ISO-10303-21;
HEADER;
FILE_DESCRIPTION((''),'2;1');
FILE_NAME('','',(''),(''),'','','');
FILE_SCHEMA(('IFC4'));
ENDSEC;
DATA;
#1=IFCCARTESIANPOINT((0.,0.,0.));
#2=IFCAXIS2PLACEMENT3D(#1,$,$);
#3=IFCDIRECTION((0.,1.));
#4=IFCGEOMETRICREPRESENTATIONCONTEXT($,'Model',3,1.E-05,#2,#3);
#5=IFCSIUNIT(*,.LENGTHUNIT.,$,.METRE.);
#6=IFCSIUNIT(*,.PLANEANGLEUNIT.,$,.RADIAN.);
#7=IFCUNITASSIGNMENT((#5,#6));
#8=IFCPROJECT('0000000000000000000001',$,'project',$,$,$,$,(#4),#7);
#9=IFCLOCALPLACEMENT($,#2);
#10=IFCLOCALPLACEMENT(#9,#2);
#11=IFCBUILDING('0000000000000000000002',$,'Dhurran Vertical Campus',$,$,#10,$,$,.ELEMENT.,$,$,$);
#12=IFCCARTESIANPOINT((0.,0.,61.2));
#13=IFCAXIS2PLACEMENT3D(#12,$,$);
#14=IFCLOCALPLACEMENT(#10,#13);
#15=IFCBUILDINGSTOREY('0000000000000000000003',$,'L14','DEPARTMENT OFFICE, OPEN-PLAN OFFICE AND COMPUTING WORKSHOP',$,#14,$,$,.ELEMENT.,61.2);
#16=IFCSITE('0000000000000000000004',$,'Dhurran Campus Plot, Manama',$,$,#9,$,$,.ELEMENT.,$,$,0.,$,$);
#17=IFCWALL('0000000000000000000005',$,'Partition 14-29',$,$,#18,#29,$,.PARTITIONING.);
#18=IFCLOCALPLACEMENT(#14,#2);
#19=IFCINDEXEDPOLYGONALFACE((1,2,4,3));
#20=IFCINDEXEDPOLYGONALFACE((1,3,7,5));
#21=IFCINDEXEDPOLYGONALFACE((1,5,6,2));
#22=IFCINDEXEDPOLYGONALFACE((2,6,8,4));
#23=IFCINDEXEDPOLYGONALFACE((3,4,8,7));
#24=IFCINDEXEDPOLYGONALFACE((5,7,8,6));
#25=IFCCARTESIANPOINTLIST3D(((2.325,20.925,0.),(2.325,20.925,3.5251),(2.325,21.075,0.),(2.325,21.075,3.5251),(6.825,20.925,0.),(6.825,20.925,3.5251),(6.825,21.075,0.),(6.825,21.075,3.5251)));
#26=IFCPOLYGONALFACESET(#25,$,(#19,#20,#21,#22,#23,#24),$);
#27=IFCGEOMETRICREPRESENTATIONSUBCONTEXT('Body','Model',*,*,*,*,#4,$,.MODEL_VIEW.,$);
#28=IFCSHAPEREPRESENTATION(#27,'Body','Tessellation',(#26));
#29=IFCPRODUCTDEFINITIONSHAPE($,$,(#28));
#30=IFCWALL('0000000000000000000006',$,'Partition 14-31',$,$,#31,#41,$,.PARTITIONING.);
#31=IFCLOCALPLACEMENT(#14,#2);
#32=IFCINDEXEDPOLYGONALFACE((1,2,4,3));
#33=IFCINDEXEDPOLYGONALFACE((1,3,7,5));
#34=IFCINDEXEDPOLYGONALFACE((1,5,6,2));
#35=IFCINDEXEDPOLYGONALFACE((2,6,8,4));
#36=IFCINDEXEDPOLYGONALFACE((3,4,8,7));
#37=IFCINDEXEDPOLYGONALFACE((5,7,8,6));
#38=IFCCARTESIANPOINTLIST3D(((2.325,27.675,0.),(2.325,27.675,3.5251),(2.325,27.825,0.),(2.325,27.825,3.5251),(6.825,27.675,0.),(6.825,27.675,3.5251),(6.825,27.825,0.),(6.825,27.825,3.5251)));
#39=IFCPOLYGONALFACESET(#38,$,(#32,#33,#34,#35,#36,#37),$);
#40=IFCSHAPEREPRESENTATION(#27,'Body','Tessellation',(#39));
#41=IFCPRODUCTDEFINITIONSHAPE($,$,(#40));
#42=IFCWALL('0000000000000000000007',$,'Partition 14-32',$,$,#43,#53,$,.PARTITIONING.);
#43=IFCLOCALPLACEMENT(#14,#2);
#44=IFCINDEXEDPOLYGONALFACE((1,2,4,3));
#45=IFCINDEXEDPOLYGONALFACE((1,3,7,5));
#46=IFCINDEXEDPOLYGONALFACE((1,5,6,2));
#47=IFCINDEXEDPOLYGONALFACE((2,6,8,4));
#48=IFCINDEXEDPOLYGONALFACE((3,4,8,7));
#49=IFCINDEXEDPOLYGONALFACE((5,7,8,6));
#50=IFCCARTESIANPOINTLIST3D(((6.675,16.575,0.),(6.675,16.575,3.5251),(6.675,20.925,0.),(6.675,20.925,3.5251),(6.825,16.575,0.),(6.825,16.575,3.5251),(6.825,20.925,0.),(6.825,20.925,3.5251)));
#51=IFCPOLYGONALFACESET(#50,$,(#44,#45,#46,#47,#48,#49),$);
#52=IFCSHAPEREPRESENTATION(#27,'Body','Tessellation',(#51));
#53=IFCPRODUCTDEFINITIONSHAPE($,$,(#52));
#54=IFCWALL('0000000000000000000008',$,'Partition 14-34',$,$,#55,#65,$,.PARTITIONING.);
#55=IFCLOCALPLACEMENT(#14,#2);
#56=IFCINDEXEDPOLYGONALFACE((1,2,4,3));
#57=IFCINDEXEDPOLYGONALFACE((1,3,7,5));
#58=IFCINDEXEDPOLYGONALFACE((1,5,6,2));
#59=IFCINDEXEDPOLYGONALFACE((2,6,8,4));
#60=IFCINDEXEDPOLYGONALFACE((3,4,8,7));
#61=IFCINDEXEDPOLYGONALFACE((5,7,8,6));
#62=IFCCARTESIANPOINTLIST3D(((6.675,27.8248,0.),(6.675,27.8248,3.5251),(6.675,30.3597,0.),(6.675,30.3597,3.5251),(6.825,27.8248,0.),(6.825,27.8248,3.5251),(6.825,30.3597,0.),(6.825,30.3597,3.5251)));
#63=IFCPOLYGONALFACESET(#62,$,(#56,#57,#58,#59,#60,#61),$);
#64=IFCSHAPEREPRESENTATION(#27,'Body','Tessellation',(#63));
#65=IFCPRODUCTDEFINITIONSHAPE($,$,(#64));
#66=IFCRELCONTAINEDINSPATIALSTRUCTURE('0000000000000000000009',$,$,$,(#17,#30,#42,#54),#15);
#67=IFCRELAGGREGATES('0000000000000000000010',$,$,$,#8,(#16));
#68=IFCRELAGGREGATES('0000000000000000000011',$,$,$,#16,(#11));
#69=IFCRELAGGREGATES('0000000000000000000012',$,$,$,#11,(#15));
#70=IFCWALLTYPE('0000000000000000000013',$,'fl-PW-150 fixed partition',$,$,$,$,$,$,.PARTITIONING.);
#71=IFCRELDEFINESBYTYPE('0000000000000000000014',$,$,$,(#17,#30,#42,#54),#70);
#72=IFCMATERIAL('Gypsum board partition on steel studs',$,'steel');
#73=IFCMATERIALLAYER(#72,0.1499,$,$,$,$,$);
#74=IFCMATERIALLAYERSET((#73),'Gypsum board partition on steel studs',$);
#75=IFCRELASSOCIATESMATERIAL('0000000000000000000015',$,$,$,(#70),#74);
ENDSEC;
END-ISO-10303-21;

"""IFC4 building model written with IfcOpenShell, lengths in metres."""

from ifc_helpers import new_model, si_unit, direction, frame, frame_2d, origin, place, context, subcontext, project, spatial, rectangle, extrude, material, layer, layer_set, type_object, element, save


model = new_model("IFC4")

# Units and contexts
model_context = context("Model", 3, precision=1e-05, world=origin(), true_north=direction((0.0, 1.0)))
body_context = subcontext(model_context, "Body", "Model", "MODEL_VIEW")
ifc_project = project(units=[si_unit("LENGTHUNIT", "METRE"), si_unit("PLANEANGLEUNIT", "RADIAN")], contexts=[model_context])

# Site, building, storey
site_placement = place(None, origin())
site = spatial("IfcSite", under=ifc_project, at=site_placement, Name="Dhurran Campus Plot, Manama", CompositionType="ELEMENT", RefElevation=0.0)
building_placement = place(site_placement, origin())
building = spatial("IfcBuilding", under=site, at=building_placement, Name="Dhurran Vertical Campus", CompositionType="ELEMENT")
storey_placement = place(building_placement, frame((0.0, 0.0, 61.2)))
storey = spatial("IfcBuildingStorey", under=building, at=storey_placement, Name="L14", Description="DEPARTMENT OFFICE, OPEN-PLAN OFFICE AND COMPUTING WORKSHOP", CompositionType="ELEMENT", Elevation=61.2)

# Walls
ifc_material_1 = material(Name="Gypsum board partition on steel studs", Category="steel")
ifc_layer_1 = layer(ifc_material_1, 0.1499)
ifc_layer_set_1 = layer_set([ifc_layer_1], Name="Gypsum board partition on steel studs")
wall_type_1 = type_object("IfcWallType", Name="fl-PW-150 fixed partition", PredefinedType="PARTITIONING", material=ifc_layer_set_1)
for number, where, z_axis, x_axis, name in (
    (1, (2.325, 21.0, 0.0), (0.0, 0.0, 1.0), (1.0, 0.0, 0.0), "Partition 14-29"),
    (2, (6.825, 27.75, 0.0), (0.0, 0.0, 1.0), (-1.0, 0.0, 0.0), "Partition 14-31"),
):
    element("IfcWall", number, at=place(storey_placement, frame(where, z_axis=z_axis, x_axis=x_axis)), inside=storey, type_object=wall_type_1, Name=name, PredefinedType="PARTITIONING", context=body_context, shape_type="SweptSolid", body=[
        extrude(rectangle(XDim=4.5, YDim=0.1499, at=frame_2d((2.25, 0.0))), origin(), (0.0, 0.0, 1.0), 3.5251),
    ])
wall_1_placement = place(storey_placement, frame((6.75, 20.925, 0.0), z_axis=(0.0, 0.0, 1.0), x_axis=(0.0, -1.0, 0.0)))
element("IfcWall", 3, at=wall_1_placement, inside=storey, type_object=wall_type_1, Name="Partition 14-32", PredefinedType="PARTITIONING", context=body_context, shape_type="SweptSolid", body=[
    extrude(rectangle(XDim=4.3501, YDim=0.1499, at=frame_2d((2.175, 0.0))), origin(), (0.0, 0.0, 1.0), 3.5251),
])
wall_2_placement = place(storey_placement, frame((6.75, 30.3599, 0.0), z_axis=(0.0, 0.0, 1.0), x_axis=(0.0, -1.0, 0.0)))
element("IfcWall", 4, at=wall_2_placement, inside=storey, type_object=wall_type_1, Name="Partition 14-34", PredefinedType="PARTITIONING", context=body_context, shape_type="SweptSolid", body=[
    extrude(rectangle(XDim=2.5349, YDim=0.1499, at=frame_2d((1.2676, 0.0))), origin(), (0.0, 0.0, 1.0), 3.5251),
])

save(model, "model.ifc")
